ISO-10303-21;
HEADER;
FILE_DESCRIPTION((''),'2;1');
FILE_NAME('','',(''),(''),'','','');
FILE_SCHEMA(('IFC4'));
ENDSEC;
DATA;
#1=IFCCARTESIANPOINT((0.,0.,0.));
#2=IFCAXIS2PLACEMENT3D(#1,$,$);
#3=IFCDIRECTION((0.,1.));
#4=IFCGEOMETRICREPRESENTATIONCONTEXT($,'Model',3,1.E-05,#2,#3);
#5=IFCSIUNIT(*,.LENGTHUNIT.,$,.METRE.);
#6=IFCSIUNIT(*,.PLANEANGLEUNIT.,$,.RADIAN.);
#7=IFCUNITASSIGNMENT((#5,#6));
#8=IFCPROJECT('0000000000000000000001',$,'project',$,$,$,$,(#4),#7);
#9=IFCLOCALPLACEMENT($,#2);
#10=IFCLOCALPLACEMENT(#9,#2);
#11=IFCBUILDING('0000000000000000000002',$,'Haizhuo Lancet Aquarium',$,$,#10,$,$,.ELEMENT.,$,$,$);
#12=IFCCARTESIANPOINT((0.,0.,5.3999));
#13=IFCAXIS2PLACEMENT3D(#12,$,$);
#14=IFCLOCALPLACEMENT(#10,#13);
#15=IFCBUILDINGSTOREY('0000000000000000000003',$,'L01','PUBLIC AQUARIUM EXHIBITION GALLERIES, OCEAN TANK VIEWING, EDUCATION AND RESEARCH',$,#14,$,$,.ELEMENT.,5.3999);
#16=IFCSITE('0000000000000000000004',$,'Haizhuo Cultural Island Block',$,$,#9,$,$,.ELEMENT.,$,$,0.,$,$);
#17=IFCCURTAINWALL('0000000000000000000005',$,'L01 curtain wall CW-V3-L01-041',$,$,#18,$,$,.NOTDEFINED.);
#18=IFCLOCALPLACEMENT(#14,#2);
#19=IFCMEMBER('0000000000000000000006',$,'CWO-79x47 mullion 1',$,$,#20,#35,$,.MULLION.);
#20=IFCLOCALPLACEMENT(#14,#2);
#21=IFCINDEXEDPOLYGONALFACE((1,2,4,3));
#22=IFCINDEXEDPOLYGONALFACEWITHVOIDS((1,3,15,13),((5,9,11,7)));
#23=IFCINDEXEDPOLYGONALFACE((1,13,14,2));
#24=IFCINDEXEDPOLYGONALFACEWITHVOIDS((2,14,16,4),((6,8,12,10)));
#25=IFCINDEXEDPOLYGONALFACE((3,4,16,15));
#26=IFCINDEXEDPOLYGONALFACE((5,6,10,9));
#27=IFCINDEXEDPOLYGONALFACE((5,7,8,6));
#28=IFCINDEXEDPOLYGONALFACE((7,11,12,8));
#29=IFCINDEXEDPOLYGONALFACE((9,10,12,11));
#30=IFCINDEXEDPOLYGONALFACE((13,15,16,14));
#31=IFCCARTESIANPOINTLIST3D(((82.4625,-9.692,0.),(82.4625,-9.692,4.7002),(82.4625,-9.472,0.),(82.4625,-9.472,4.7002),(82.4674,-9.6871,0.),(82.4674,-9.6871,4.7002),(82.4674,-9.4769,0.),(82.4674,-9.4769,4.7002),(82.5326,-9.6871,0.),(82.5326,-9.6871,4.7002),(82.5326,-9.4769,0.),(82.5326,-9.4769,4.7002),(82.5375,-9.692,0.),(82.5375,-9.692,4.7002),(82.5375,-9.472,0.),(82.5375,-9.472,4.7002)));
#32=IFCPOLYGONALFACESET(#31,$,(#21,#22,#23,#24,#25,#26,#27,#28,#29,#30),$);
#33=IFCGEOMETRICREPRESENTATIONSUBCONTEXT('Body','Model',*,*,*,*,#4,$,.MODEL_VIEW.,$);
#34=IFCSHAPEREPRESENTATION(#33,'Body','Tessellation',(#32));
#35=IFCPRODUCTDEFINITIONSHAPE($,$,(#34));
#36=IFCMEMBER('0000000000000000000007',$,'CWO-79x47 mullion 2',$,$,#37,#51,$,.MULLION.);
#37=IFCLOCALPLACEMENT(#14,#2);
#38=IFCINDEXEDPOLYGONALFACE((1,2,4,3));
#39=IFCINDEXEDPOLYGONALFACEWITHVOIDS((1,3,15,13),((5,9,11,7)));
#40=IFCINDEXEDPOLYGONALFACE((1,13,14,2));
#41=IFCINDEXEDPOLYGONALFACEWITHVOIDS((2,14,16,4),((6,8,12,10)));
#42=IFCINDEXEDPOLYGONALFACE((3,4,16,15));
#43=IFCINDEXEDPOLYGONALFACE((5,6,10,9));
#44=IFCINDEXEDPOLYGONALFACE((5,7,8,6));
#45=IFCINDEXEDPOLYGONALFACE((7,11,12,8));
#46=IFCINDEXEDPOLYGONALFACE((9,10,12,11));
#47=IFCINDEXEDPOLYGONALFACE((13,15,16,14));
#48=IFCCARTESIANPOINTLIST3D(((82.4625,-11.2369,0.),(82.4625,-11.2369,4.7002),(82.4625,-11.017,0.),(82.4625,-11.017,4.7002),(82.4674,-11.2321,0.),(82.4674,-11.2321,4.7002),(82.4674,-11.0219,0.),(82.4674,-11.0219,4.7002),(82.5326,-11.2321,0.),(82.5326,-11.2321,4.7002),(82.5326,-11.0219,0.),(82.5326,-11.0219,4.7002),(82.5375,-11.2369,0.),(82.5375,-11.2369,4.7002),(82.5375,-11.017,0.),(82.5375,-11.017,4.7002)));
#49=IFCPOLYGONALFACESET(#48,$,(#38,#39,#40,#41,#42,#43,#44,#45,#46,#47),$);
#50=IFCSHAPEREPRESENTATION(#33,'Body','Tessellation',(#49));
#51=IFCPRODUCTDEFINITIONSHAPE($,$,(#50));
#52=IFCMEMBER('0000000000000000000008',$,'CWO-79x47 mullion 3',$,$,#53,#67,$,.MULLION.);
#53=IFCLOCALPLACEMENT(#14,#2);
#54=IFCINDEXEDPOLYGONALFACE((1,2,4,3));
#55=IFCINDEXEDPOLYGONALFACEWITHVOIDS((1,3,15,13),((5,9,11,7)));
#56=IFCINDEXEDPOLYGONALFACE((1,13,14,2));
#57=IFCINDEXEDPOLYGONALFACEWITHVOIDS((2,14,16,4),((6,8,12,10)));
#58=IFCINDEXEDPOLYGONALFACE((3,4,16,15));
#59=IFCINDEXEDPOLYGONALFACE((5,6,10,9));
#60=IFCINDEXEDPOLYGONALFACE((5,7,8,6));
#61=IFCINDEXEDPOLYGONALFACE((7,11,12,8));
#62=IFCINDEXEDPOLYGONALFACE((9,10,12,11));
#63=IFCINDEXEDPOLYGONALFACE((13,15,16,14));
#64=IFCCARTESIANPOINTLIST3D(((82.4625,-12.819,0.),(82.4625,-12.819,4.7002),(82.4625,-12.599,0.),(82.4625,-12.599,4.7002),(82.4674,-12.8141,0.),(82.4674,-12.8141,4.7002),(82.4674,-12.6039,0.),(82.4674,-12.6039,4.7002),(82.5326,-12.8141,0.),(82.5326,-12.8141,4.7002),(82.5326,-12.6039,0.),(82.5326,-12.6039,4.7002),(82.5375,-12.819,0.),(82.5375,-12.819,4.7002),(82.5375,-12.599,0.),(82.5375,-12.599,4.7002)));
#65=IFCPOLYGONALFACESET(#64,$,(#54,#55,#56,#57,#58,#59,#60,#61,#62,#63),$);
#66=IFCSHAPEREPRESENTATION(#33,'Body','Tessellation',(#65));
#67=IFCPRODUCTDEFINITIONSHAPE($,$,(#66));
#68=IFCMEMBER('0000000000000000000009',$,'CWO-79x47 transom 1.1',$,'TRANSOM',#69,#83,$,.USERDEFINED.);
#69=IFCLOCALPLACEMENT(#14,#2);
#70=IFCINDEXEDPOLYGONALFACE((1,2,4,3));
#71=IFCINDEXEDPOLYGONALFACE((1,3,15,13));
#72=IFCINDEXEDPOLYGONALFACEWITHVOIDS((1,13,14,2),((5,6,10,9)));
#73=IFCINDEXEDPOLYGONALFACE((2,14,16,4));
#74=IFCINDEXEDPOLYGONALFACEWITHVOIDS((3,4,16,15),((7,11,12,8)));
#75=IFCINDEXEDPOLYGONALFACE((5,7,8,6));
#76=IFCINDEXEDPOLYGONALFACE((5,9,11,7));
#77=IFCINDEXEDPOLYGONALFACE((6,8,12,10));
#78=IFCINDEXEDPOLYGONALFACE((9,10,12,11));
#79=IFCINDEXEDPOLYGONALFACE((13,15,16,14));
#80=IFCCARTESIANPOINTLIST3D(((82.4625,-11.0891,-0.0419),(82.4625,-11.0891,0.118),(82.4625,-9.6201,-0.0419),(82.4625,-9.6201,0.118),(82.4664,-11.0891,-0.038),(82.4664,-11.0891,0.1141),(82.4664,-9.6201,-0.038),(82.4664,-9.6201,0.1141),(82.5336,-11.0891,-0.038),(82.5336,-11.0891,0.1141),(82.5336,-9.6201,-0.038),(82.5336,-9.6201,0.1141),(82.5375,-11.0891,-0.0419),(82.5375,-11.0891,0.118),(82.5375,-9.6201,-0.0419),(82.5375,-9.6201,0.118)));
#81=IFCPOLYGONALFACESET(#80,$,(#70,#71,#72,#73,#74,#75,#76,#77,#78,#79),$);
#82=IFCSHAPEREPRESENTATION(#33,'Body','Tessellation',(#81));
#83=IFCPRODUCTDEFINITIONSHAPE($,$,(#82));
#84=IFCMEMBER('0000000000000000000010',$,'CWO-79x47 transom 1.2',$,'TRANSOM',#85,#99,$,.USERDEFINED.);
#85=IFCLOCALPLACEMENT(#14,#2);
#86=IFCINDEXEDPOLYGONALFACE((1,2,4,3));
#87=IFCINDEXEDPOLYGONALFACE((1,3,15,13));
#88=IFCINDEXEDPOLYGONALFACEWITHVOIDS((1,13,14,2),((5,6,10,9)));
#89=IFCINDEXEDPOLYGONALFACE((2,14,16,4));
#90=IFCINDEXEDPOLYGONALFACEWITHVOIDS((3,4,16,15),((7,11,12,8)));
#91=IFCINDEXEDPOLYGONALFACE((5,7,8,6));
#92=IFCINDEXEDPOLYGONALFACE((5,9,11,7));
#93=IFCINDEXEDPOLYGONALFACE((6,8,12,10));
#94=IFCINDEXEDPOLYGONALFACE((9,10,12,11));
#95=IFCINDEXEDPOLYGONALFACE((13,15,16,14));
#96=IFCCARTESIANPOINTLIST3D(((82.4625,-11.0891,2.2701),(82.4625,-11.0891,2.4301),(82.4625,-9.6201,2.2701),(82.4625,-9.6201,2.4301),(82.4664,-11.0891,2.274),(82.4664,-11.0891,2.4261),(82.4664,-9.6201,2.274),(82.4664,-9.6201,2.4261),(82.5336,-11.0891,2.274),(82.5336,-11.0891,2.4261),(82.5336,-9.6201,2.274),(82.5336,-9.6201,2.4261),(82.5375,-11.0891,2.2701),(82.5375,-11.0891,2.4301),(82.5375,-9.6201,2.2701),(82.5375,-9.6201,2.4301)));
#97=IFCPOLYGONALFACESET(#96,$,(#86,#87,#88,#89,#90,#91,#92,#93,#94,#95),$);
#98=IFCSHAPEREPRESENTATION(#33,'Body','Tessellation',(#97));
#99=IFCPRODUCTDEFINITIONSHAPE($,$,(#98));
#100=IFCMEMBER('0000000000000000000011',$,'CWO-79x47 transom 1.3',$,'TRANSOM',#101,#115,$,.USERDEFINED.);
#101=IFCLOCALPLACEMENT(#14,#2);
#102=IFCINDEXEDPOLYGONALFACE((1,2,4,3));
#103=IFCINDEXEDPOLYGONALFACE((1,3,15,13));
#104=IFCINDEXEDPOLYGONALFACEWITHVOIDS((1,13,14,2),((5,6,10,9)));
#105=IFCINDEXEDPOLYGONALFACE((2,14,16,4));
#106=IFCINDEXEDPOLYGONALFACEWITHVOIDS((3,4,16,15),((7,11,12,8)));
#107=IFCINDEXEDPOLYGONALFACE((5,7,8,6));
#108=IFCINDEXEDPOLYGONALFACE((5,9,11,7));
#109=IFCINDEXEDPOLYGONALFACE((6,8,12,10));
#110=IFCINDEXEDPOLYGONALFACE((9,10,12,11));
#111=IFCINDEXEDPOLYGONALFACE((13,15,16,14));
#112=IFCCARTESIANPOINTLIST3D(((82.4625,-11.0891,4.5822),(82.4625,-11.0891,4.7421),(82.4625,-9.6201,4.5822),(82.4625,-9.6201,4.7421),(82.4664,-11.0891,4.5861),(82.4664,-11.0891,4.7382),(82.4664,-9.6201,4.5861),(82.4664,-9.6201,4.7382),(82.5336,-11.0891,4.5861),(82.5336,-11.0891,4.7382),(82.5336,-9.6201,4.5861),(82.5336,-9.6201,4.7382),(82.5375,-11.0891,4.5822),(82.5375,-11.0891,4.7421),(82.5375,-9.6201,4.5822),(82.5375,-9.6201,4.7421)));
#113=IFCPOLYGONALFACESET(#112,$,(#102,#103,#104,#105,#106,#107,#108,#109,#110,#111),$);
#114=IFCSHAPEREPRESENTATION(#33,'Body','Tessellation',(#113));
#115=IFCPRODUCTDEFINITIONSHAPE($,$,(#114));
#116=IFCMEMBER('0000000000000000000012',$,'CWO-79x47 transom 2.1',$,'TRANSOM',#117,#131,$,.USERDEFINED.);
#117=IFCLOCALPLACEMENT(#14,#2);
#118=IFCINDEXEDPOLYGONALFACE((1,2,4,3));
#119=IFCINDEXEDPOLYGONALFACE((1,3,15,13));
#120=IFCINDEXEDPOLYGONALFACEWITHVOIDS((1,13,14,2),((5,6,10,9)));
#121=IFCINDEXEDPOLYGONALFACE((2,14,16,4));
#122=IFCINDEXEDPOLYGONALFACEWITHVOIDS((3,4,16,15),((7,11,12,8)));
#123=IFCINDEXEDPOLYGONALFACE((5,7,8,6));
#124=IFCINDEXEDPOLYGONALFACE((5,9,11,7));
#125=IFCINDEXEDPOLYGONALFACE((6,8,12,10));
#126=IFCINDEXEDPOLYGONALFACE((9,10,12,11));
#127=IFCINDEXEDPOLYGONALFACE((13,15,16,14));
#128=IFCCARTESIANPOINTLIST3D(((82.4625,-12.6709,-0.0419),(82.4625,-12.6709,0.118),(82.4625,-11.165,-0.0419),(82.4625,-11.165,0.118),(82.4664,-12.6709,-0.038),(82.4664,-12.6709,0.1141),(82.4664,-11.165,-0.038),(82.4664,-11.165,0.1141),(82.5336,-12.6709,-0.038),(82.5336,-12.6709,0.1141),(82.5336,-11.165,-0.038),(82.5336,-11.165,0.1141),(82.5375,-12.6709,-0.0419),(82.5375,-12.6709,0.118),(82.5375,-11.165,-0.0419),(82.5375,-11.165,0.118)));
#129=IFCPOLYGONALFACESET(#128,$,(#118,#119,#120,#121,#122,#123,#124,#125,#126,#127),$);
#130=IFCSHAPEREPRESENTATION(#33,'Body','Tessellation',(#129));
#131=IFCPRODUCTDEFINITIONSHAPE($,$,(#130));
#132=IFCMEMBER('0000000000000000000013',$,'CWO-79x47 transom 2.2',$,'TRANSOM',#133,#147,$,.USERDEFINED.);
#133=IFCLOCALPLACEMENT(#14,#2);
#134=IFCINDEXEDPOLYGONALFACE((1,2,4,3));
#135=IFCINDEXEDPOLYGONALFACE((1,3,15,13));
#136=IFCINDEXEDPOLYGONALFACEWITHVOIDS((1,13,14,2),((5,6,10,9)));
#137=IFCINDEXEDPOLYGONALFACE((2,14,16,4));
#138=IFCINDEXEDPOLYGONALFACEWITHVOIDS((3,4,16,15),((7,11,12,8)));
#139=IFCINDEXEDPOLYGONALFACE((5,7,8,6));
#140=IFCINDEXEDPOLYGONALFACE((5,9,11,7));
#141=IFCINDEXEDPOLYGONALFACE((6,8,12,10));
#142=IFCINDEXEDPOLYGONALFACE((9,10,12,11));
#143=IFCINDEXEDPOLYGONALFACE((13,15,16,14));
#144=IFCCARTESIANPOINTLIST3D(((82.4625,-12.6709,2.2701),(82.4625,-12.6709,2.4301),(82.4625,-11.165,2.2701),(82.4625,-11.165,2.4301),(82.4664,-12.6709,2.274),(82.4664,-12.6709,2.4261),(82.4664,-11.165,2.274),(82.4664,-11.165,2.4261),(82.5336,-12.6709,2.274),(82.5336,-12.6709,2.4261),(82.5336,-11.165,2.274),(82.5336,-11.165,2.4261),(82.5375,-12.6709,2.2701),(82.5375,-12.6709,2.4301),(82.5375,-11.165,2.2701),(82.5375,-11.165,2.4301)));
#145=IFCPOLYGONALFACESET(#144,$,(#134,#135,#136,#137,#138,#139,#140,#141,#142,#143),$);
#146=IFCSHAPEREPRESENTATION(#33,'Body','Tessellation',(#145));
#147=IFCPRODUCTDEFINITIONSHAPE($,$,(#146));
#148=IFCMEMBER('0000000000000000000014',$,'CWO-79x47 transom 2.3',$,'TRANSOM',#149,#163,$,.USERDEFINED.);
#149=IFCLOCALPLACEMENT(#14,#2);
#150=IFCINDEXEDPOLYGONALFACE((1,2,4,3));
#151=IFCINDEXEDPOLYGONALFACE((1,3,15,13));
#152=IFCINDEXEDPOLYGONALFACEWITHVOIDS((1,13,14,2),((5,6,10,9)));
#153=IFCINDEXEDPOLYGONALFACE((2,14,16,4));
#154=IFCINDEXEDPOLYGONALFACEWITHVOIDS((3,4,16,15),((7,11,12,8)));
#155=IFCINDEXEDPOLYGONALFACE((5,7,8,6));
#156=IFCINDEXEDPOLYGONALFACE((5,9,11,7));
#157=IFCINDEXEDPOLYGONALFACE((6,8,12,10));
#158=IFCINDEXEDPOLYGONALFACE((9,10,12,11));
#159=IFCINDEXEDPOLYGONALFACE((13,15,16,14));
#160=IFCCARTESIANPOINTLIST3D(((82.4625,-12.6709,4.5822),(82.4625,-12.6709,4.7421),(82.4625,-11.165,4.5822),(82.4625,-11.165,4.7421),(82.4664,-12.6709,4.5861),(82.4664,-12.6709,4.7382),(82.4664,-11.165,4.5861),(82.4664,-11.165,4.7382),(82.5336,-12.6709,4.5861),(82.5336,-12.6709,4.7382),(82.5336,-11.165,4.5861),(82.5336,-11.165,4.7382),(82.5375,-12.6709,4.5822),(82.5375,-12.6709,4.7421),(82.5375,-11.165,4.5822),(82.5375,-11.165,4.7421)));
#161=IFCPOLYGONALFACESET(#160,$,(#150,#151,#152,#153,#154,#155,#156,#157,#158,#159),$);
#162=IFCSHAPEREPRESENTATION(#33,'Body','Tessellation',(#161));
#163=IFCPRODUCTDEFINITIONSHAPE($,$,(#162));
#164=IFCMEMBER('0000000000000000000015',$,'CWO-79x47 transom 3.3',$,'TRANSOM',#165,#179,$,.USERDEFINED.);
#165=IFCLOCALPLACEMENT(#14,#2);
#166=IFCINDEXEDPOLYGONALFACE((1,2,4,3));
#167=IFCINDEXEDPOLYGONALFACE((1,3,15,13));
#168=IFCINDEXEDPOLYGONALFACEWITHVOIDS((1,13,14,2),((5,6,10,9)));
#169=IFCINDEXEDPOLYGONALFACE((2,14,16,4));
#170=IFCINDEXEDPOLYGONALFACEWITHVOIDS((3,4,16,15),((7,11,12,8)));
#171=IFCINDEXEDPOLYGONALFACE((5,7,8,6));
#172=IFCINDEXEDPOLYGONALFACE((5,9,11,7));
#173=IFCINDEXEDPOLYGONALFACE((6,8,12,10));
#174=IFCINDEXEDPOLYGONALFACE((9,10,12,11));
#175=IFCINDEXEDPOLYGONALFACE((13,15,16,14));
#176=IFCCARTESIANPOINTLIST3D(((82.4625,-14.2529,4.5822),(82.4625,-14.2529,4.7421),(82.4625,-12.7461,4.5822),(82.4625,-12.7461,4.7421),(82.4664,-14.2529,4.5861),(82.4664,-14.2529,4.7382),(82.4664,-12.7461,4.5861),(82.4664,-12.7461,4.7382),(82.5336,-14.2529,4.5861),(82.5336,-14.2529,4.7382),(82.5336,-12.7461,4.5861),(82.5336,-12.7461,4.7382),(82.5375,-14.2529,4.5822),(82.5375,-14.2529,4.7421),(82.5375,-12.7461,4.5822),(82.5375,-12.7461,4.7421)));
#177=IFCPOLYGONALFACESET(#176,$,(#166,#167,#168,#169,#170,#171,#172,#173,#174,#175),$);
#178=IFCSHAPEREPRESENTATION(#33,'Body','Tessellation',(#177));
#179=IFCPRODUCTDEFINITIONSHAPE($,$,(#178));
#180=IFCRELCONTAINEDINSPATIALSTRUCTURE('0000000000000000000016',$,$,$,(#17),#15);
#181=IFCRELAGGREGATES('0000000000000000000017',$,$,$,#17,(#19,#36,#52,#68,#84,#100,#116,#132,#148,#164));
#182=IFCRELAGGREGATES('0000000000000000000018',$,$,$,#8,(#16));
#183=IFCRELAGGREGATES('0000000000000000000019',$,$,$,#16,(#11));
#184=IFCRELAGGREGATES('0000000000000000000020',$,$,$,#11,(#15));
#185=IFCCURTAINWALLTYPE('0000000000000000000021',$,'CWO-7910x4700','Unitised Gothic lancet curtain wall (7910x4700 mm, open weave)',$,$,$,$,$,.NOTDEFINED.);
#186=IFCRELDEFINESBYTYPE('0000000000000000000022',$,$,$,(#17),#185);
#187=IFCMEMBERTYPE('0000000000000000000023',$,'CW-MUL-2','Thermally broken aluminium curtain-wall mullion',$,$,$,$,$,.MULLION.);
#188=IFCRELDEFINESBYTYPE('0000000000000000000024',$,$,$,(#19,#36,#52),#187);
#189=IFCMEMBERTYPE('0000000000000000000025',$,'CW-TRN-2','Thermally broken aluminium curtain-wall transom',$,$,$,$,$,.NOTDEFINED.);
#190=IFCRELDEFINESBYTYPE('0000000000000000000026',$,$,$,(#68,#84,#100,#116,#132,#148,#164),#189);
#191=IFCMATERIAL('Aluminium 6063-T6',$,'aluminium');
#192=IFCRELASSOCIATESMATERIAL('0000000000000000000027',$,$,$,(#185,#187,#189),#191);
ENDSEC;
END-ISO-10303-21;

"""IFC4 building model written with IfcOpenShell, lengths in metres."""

from ifc_helpers import new_model, si_unit, direction, frame, origin, origin_2d, place, context, subcontext, project, spatial, hollow_rectangle, extrude, material, material_profile, profile_set, type_object, element, aggregate, save


model = new_model("IFC4")

# Units and contexts
model_context = context("Model", 3, precision=1e-05, world=origin(), true_north=direction((0.0, 1.0)))
body_context = subcontext(model_context, "Body", "Model", "MODEL_VIEW")
ifc_project = project(units=[si_unit("LENGTHUNIT", "METRE"), si_unit("PLANEANGLEUNIT", "RADIAN")], contexts=[model_context])

# Site, building, storey
site_placement = place(None, origin())
site = spatial("IfcSite", under=ifc_project, at=site_placement, Name="Haizhuo Cultural Island Block", CompositionType="ELEMENT", RefElevation=0.0)
building_placement = place(site_placement, origin())
building = spatial("IfcBuilding", under=site, at=building_placement, Name="Haizhuo Lancet Aquarium", CompositionType="ELEMENT")
storey_placement = place(building_placement, frame((0.0, 0.0, 5.3999)))
storey = spatial("IfcBuildingStorey", under=building, at=storey_placement, Name="L01", Description="PUBLIC AQUARIUM EXHIBITION GALLERIES, OCEAN TANK VIEWING, EDUCATION AND RESEARCH", CompositionType="ELEMENT", Elevation=5.3999)

# Curtain wall, members
ifc_material_1 = material(Name="Aluminium 6063-T6", Category="aluminium")
curtain_wall_type = type_object("IfcCurtainWallType", Name="CWO-7910x4700", Description="Unitised Gothic lancet curtain wall (7910x4700 mm, open weave)", PredefinedType="NOTDEFINED", material=ifc_material_1)
curtain_wall_placement = place(storey_placement, origin())
curtain_wall = element("IfcCurtainWall", 1, at=curtain_wall_placement, inside=storey, type_object=curtain_wall_type, Name="L01 curtain wall CW-V3-L01-041", PredefinedType="NOTDEFINED")
ifc_material_profile_1 = material_profile(ifc_material_1, hollow_rectangle(XDim=0.075, YDim=0.22, WallThickness=0.0049, at=origin_2d()), Name="ALU-M 75x220x5")
ifc_profile_set_1 = profile_set([ifc_material_profile_1], Name="Aluminium 6063-T6")
member_type_1 = type_object("IfcMemberType", Name="CW-MUL-2", Description="Thermally broken aluminium curtain-wall mullion", PredefinedType="MULLION", material=ifc_profile_set_1)
member_1_placement = place(storey_placement, frame((82.5, -9.582, 0.0), z_axis=(0.0, 0.0, 1.0), x_axis=(1.0, 0.0, 0.0)))
member_1 = element("IfcMember", 2, at=member_1_placement, type_object=member_type_1, Name="CWO-79x47 mullion 1", PredefinedType="MULLION", context=body_context, shape_type="SweptSolid", body=[
    extrude(hollow_rectangle(XDim=0.075, YDim=0.22, WallThickness=0.0049, at=origin_2d()), origin(), (0.0, 0.0, 1.0), 4.7002),
])
member_2_placement = place(storey_placement, frame((82.5, -11.127, 0.0), z_axis=(0.0, 0.0, 1.0), x_axis=(1.0, 0.0, 0.0)))
member_2 = element("IfcMember", 3, at=member_2_placement, type_object=member_type_1, Name="CWO-79x47 mullion 2", PredefinedType="MULLION", context=body_context, shape_type="SweptSolid", body=[
    extrude(hollow_rectangle(XDim=0.075, YDim=0.22, WallThickness=0.0049, at=origin_2d()), origin(), (0.0, 0.0, 1.0), 4.7002),
])
member_3_placement = place(storey_placement, frame((82.5, -12.709, 0.0), z_axis=(0.0, 0.0, 1.0), x_axis=(1.0, 0.0, 0.0)))
member_3 = element("IfcMember", 4, at=member_3_placement, type_object=member_type_1, Name="CWO-79x47 mullion 3", PredefinedType="MULLION", context=body_context, shape_type="SweptSolid", body=[
    extrude(hollow_rectangle(XDim=0.075, YDim=0.22, WallThickness=0.0049, at=origin_2d()), origin(), (0.0, 0.0, 1.0), 4.7002),
])
ifc_material_profile_2 = material_profile(ifc_material_1, hollow_rectangle(XDim=0.075, YDim=0.1599, WallThickness=0.0039, at=origin_2d()), Name="ALU-T 75x160x4")
ifc_profile_set_2 = profile_set([ifc_material_profile_2], Name="Aluminium 6063-T6")
member_type_2 = type_object("IfcMemberType", Name="CW-TRN-2", Description="Thermally broken aluminium curtain-wall transom", PredefinedType="NOTDEFINED", material=ifc_profile_set_2)
member_4_placement = place(storey_placement, frame((82.5, -9.6201, 0.0381), z_axis=(0.0, -1.0, 0.0), x_axis=(1.0, 0.0, 0.0)))
member_4 = element("IfcMember", 5, at=member_4_placement, type_object=member_type_2, Name="CWO-79x47 transom 1.1", ObjectType="TRANSOM", PredefinedType="USERDEFINED", context=body_context, shape_type="SweptSolid", body=[
    extrude(hollow_rectangle(XDim=0.075, YDim=0.1599, WallThickness=0.0039, at=origin_2d()), origin(), (0.0, 0.0, 1.0), 1.469),
])
member_5_placement = place(storey_placement, frame((82.5, -9.6201, 2.3501), z_axis=(0.0, -1.0, 0.0), x_axis=(1.0, 0.0, 0.0)))
member_5 = element("IfcMember", 6, at=member_5_placement, type_object=member_type_2, Name="CWO-79x47 transom 1.2", ObjectType="TRANSOM", PredefinedType="USERDEFINED", context=body_context, shape_type="SweptSolid", body=[
    extrude(hollow_rectangle(XDim=0.075, YDim=0.1599, WallThickness=0.0039, at=origin_2d()), origin(), (0.0, 0.0, 1.0), 1.469),
])
member_6_placement = place(storey_placement, frame((82.5, -9.6201, 4.6621), z_axis=(0.0, -1.0, 0.0), x_axis=(1.0, 0.0, 0.0)))
member_6 = element("IfcMember", 7, at=member_6_placement, type_object=member_type_2, Name="CWO-79x47 transom 1.3", ObjectType="TRANSOM", PredefinedType="USERDEFINED", context=body_context, shape_type="SweptSolid", body=[
    extrude(hollow_rectangle(XDim=0.075, YDim=0.1599, WallThickness=0.0039, at=origin_2d()), origin(), (0.0, 0.0, 1.0), 1.469),
])
member_7_placement = place(storey_placement, frame((82.5, -11.165, 0.0381), z_axis=(0.0, -1.0, 0.0), x_axis=(1.0, 0.0, 0.0)))
member_7 = element("IfcMember", 8, at=member_7_placement, type_object=member_type_2, Name="CWO-79x47 transom 2.1", ObjectType="TRANSOM", PredefinedType="USERDEFINED", context=body_context, shape_type="SweptSolid", body=[
    extrude(hollow_rectangle(XDim=0.075, YDim=0.1599, WallThickness=0.0039, at=origin_2d()), origin(), (0.0, 0.0, 1.0), 1.5059),
])
member_8_placement = place(storey_placement, frame((82.5, -11.165, 2.3501), z_axis=(0.0, -1.0, 0.0), x_axis=(1.0, 0.0, 0.0)))
member_8 = element("IfcMember", 9, at=member_8_placement, type_object=member_type_2, Name="CWO-79x47 transom 2.2", ObjectType="TRANSOM", PredefinedType="USERDEFINED", context=body_context, shape_type="SweptSolid", body=[
    extrude(hollow_rectangle(XDim=0.075, YDim=0.1599, WallThickness=0.0039, at=origin_2d()), origin(), (0.0, 0.0, 1.0), 1.5059),
])
member_9_placement = place(storey_placement, frame((82.5, -11.165, 4.6621), z_axis=(0.0, -1.0, 0.0), x_axis=(1.0, 0.0, 0.0)))
member_9 = element("IfcMember", 10, at=member_9_placement, type_object=member_type_2, Name="CWO-79x47 transom 2.3", ObjectType="TRANSOM", PredefinedType="USERDEFINED", context=body_context, shape_type="SweptSolid", body=[
    extrude(hollow_rectangle(XDim=0.075, YDim=0.1599, WallThickness=0.0039, at=origin_2d()), origin(), (0.0, 0.0, 1.0), 1.5059),
])
member_10_placement = place(storey_placement, frame((82.5, -12.7461, 4.6621), z_axis=(0.0, -1.0, 0.0), x_axis=(1.0, 0.0, 0.0)))
member_10 = element("IfcMember", 11, at=member_10_placement, type_object=member_type_2, Name="CWO-79x47 transom 3.3", ObjectType="TRANSOM", PredefinedType="USERDEFINED", context=body_context, shape_type="SweptSolid", body=[
    extrude(hollow_rectangle(XDim=0.075, YDim=0.1599, WallThickness=0.0039, at=origin_2d()), origin(), (0.0, 0.0, 1.0), 1.5068),
])

aggregate(curtain_wall, [member_1, member_2, member_3, member_4, member_5, member_6, member_7, member_8, member_9, member_10])

save(model, "model.ifc")
